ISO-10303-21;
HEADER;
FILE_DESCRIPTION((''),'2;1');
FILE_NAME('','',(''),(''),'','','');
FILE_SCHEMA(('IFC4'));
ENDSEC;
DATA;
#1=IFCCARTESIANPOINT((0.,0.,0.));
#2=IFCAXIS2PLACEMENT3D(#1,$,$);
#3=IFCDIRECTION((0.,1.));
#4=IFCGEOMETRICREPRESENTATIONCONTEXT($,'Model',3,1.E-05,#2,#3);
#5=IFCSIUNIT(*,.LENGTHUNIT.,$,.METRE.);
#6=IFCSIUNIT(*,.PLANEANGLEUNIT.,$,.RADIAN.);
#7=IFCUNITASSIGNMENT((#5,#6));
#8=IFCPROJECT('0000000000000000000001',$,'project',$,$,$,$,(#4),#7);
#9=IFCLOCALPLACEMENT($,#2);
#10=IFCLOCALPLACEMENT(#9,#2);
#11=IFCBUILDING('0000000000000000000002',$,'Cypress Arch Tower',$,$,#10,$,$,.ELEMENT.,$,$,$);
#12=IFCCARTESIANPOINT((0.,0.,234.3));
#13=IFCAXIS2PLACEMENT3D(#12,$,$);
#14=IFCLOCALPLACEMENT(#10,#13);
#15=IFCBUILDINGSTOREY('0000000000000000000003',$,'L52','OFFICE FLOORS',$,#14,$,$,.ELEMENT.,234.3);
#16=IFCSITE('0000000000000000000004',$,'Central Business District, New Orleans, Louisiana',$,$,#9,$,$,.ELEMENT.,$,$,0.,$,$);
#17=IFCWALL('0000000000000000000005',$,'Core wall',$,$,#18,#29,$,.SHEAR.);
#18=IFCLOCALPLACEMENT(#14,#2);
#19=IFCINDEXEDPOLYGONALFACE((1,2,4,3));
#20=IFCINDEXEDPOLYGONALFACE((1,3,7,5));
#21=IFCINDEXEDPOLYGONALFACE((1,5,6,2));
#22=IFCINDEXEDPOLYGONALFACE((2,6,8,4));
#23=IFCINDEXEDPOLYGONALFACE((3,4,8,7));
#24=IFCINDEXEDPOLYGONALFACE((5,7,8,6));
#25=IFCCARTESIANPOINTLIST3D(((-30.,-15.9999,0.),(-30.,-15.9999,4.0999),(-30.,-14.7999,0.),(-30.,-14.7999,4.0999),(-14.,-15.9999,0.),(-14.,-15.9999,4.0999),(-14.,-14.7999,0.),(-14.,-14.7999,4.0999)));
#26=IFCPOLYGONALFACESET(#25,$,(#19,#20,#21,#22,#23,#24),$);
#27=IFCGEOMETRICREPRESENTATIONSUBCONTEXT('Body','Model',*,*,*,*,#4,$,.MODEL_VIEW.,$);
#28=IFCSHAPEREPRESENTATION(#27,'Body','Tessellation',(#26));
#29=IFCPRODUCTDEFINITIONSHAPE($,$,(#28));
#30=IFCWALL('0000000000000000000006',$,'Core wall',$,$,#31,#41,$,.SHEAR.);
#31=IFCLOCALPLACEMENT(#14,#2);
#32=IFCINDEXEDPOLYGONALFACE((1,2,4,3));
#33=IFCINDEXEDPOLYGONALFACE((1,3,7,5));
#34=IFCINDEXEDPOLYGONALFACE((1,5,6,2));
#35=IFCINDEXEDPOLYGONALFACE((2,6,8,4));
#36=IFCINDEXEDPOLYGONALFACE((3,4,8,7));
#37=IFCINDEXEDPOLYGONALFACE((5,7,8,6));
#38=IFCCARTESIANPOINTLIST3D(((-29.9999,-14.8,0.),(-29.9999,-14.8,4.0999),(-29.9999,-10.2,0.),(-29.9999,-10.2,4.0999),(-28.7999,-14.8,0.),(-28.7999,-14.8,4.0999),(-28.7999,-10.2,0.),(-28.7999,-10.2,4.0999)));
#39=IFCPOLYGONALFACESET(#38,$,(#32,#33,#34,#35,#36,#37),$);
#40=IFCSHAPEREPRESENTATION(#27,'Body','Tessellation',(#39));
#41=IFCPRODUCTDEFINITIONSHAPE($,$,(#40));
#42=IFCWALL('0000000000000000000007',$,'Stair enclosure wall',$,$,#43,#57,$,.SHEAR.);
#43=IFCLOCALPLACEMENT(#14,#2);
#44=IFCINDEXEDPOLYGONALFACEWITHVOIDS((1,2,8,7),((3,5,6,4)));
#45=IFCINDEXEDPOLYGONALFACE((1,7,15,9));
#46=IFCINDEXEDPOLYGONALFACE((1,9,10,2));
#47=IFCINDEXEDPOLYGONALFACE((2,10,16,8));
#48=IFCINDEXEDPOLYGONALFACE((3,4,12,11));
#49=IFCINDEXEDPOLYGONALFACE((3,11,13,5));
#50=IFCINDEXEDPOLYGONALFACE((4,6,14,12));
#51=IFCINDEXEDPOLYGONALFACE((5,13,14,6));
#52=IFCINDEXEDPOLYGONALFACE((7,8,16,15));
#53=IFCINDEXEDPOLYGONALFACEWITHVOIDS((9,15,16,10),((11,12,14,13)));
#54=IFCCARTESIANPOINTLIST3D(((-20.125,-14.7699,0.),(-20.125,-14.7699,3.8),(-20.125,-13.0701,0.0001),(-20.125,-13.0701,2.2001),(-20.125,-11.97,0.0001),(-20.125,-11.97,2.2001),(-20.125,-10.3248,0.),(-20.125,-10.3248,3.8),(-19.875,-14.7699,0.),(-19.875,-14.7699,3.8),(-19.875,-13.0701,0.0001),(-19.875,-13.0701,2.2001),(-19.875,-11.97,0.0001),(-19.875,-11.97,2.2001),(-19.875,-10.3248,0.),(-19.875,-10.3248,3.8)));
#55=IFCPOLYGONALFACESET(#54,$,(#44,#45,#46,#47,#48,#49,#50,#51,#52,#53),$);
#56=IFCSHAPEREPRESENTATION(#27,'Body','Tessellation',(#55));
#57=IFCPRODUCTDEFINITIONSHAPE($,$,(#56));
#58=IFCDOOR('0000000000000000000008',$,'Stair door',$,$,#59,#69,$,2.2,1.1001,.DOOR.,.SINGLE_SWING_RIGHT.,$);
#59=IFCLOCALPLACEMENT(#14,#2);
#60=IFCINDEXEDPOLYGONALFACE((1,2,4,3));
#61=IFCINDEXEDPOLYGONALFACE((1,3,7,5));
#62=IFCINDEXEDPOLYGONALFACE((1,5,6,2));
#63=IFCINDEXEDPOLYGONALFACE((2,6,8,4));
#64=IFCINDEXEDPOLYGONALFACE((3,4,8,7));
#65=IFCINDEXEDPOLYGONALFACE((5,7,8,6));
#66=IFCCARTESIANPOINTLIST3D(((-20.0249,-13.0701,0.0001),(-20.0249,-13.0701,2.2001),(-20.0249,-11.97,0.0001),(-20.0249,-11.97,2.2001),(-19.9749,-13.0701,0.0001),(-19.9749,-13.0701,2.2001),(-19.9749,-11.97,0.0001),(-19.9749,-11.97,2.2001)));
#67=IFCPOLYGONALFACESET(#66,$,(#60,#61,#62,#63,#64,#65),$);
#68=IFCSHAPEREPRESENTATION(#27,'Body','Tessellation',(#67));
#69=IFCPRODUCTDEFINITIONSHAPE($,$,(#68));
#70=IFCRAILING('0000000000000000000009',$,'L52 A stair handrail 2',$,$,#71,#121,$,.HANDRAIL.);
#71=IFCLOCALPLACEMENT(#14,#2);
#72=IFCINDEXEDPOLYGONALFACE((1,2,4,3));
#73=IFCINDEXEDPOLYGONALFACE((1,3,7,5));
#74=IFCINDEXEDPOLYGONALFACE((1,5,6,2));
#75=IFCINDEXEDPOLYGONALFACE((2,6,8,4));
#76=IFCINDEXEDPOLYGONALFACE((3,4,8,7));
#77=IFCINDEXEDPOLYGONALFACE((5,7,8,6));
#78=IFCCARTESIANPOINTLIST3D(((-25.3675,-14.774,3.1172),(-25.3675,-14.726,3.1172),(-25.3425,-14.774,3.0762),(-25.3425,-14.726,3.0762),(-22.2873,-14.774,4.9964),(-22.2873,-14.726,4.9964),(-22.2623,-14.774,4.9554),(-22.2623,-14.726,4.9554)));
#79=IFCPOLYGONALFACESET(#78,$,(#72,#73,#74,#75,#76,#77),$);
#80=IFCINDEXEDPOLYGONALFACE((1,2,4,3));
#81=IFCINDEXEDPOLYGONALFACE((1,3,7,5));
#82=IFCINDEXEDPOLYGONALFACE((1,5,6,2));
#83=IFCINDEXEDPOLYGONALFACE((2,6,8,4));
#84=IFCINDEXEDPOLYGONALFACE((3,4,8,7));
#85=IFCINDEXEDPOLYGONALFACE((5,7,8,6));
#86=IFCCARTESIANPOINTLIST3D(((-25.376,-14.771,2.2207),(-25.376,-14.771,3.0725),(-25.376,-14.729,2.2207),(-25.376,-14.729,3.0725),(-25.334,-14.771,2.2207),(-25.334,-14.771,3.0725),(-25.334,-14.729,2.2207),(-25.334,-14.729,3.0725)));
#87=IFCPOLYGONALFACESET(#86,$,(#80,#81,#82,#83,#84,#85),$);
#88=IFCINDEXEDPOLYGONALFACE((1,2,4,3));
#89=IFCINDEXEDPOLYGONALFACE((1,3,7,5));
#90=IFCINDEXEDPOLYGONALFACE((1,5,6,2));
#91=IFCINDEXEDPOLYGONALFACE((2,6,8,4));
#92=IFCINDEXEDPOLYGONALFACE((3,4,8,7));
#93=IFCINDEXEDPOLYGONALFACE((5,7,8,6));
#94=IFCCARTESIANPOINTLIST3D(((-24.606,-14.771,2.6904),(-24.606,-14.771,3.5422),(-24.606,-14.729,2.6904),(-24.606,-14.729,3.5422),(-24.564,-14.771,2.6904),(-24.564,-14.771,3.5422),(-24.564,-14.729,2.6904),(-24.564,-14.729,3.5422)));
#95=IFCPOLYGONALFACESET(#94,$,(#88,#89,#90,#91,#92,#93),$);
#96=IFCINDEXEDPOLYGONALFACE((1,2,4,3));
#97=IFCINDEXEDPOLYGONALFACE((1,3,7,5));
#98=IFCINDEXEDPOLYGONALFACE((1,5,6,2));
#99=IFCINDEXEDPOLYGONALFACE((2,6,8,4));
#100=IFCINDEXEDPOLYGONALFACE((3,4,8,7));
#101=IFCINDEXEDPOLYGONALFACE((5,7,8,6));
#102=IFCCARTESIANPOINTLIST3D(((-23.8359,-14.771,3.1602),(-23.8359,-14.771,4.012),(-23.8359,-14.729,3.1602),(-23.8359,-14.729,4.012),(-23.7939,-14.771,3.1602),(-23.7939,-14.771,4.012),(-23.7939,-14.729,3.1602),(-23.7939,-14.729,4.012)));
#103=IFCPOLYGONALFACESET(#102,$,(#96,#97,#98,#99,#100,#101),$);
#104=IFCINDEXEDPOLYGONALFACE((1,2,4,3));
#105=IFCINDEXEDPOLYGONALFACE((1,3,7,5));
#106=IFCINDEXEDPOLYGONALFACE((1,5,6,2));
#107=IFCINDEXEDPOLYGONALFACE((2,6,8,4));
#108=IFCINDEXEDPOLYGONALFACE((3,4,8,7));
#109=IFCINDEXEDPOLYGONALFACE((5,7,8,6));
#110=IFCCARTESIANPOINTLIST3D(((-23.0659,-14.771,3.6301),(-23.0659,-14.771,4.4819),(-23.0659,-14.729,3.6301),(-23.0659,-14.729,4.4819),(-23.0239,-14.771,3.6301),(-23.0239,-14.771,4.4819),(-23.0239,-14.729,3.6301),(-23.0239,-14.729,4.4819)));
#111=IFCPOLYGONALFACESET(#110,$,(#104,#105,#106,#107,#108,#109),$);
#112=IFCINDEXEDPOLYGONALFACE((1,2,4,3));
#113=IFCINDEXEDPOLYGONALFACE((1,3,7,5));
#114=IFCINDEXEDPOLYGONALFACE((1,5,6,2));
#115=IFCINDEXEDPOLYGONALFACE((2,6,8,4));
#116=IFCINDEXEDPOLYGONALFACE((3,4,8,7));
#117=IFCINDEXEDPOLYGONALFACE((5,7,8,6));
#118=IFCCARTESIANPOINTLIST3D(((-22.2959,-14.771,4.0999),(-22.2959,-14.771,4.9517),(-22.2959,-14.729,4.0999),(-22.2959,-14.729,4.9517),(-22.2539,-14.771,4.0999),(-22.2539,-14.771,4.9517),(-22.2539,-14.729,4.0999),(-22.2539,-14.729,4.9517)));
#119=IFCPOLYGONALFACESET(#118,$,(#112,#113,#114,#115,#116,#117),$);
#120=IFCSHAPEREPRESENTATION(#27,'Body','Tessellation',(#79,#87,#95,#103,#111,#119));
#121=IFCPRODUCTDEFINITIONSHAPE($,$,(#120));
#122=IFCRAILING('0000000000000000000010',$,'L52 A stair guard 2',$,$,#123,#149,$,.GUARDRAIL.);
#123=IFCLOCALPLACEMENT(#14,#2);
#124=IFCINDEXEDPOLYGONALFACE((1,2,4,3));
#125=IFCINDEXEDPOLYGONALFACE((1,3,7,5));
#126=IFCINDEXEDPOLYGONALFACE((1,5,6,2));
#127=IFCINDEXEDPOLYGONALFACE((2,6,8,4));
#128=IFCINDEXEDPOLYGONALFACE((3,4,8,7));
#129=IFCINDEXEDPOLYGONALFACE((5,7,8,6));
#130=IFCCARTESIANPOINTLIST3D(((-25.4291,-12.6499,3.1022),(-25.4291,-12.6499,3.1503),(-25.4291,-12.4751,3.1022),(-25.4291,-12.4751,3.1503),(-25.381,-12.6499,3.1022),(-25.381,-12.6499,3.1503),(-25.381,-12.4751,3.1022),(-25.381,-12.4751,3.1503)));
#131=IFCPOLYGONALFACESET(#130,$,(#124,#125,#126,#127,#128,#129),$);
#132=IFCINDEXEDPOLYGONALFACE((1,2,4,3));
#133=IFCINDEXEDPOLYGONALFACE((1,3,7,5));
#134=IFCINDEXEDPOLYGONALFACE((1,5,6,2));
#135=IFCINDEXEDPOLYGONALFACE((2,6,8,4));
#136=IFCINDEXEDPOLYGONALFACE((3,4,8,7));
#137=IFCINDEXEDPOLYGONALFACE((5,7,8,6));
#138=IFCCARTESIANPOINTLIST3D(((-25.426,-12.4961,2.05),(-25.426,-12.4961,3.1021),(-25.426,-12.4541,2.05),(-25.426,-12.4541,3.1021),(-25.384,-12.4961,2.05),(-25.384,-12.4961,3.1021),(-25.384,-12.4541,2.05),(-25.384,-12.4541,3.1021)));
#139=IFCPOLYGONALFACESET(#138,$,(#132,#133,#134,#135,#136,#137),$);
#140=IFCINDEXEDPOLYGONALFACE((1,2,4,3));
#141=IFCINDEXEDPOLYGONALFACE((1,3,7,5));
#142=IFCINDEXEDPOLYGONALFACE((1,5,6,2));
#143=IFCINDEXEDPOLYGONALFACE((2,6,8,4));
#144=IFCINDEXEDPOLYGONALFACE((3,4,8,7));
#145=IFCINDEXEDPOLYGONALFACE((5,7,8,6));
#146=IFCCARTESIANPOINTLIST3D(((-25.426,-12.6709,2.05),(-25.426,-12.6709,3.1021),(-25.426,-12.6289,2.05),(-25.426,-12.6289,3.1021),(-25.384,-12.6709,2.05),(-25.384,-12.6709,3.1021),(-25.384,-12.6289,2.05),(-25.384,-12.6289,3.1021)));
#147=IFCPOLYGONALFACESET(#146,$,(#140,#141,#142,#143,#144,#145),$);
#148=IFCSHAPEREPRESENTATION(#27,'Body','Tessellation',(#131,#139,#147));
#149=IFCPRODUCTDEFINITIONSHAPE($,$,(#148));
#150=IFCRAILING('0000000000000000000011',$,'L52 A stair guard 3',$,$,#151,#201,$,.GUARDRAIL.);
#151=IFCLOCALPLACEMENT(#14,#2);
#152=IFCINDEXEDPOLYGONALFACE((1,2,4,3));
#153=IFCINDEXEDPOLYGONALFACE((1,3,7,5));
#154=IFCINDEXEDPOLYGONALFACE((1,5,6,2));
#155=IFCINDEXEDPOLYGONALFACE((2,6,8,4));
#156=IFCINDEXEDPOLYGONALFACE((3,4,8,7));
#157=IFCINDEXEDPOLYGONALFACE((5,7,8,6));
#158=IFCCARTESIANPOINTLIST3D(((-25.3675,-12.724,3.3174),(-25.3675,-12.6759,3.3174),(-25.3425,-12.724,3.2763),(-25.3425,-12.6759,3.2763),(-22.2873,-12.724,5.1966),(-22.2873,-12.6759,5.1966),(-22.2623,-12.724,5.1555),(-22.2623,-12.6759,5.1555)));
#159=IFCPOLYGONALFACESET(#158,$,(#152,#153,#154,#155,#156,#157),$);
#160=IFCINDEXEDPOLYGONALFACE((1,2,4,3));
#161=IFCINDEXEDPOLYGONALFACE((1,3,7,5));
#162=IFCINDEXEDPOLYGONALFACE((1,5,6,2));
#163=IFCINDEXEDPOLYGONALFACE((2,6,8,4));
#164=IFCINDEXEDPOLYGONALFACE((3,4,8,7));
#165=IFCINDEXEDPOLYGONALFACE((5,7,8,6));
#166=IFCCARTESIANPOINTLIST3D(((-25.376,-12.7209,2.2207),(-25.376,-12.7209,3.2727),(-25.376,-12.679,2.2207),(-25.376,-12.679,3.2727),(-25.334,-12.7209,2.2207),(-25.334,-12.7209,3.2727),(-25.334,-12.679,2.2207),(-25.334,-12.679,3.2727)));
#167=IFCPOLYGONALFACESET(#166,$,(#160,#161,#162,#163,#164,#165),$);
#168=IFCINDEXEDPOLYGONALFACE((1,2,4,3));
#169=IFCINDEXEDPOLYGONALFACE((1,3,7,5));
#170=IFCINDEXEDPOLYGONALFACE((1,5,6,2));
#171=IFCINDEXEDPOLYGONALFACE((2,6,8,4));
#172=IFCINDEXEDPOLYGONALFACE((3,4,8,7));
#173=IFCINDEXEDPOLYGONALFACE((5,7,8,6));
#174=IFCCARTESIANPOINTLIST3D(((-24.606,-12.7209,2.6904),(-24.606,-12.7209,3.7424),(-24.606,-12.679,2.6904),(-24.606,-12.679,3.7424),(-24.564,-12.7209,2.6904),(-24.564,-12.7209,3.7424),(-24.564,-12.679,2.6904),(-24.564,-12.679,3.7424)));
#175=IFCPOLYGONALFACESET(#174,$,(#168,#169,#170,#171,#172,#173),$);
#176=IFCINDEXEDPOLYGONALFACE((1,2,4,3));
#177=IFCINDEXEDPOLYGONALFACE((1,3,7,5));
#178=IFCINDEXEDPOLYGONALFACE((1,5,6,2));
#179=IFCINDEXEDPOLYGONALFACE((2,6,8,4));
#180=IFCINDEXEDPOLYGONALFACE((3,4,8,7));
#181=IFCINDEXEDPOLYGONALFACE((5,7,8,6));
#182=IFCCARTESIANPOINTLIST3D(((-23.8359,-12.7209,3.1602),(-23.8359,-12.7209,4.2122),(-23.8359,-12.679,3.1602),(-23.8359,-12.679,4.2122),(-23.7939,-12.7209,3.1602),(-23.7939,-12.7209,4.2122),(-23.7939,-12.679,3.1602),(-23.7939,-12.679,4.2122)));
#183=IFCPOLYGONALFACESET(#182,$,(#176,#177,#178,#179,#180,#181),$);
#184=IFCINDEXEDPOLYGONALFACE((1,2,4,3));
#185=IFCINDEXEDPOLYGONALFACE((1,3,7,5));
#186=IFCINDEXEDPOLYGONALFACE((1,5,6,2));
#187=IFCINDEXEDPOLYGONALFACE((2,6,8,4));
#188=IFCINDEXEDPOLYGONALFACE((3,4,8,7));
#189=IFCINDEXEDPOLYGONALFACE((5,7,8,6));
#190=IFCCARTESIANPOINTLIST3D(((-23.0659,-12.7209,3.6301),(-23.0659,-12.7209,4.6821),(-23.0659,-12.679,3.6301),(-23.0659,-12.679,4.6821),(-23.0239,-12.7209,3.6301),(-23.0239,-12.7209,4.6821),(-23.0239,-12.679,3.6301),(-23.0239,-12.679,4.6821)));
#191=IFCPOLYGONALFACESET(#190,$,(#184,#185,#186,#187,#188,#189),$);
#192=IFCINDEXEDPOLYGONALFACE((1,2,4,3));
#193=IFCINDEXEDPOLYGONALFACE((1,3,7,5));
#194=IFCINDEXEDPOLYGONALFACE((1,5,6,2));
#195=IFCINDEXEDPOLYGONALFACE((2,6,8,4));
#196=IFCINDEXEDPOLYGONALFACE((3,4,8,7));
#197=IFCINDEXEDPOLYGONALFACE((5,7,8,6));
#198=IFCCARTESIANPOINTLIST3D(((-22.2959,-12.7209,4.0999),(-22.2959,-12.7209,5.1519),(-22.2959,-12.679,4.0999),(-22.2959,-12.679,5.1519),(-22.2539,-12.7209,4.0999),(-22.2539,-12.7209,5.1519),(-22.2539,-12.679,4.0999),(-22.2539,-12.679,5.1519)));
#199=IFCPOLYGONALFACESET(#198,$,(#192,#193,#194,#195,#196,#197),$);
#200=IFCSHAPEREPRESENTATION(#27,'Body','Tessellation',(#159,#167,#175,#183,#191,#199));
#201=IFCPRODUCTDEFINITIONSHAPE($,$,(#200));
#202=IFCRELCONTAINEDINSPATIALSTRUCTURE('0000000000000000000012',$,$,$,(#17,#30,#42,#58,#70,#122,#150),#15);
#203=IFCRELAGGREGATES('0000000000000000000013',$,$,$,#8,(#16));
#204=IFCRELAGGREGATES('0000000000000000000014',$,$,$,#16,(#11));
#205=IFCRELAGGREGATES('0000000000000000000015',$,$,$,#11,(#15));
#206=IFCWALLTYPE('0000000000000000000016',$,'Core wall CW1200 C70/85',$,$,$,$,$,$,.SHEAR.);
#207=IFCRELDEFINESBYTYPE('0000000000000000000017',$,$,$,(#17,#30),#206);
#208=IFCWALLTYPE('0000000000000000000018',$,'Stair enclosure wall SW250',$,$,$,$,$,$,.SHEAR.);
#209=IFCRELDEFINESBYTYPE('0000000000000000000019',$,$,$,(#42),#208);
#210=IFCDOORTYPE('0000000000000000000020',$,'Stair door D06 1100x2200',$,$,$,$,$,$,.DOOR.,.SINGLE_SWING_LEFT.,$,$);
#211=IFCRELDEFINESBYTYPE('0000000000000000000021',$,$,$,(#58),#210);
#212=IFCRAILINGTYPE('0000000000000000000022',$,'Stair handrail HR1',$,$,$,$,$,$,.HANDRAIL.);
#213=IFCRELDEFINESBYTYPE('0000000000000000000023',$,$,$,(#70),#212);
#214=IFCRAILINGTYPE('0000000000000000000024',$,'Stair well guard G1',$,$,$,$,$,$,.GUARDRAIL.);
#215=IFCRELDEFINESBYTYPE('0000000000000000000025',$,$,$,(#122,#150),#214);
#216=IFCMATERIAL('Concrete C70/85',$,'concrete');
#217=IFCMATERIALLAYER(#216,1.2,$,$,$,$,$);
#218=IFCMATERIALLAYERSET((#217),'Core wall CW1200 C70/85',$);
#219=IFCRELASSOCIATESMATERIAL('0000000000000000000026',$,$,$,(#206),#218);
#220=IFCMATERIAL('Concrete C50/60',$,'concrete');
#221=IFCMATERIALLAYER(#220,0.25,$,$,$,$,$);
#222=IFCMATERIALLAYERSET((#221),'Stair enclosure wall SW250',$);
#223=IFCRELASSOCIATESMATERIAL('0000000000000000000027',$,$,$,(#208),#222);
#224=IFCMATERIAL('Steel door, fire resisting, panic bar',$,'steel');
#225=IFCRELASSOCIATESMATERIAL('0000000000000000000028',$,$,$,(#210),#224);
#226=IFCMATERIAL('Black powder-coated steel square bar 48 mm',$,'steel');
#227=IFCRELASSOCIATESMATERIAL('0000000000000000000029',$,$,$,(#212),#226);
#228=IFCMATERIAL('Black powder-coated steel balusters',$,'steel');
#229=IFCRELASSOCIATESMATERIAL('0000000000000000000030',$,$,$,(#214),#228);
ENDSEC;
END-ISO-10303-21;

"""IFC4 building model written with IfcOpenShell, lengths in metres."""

from ifc_helpers import new_model, si_unit, direction, frame, frame_2d, origin, origin_2d, place, context, subcontext, project, spatial, rectangle, extrude, material, layer, layer_set, type_object, element, fill, save


model = new_model("IFC4")

# Units and contexts
model_context = context("Model", 3, precision=1e-05, world=origin(), true_north=direction((0.0, 1.0)))
body_context = subcontext(model_context, "Body", "Model", "MODEL_VIEW")
ifc_project = project(units=[si_unit("LENGTHUNIT", "METRE"), si_unit("PLANEANGLEUNIT", "RADIAN")], contexts=[model_context])

# Site, building, storey
site_placement = place(None, origin())
site = spatial("IfcSite", under=ifc_project, at=site_placement, Name="Central Business District, New Orleans, Louisiana", CompositionType="ELEMENT", RefElevation=0.0)
building_placement = place(site_placement, origin())
building = spatial("IfcBuilding", under=site, at=building_placement, Name="Cypress Arch Tower", CompositionType="ELEMENT")
storey_placement = place(building_placement, frame((0.0, 0.0, 234.3)))
storey = spatial("IfcBuildingStorey", under=building, at=storey_placement, Name="L52", Description="OFFICE FLOORS", CompositionType="ELEMENT", Elevation=234.3)

# Walls
ifc_material_1 = material(Name="Concrete C70/85", Category="concrete")
ifc_layer_1 = layer(ifc_material_1, 1.2)
ifc_layer_set_1 = layer_set([ifc_layer_1], Name="Core wall CW1200 C70/85")
wall_type_1 = type_object("IfcWallType", Name="Core wall CW1200 C70/85", PredefinedType="SHEAR", material=ifc_layer_set_1)
wall_1_placement = place(storey_placement, frame((-30.0, -15.3999, 0.0), z_axis=(0.0, 0.0, 1.0), x_axis=(1.0, 0.0, 0.0)))
element("IfcWall", 1, at=wall_1_placement, inside=storey, type_object=wall_type_1, Name="Core wall", PredefinedType="SHEAR", context=body_context, shape_type="SweptSolid", body=[
    extrude(rectangle(XDim=16.0, YDim=1.2, at=frame_2d((8.0, 0.0))), origin(), (0.0, 0.0, 1.0), 4.0999),
])
wall_2_placement = place(storey_placement, frame((-29.3999, -14.8, 0.0), z_axis=(0.0, 0.0, 1.0), x_axis=(0.0, 1.0, 0.0)))
element("IfcWall", 2, at=wall_2_placement, inside=storey, type_object=wall_type_1, Name="Core wall", PredefinedType="SHEAR", context=body_context, shape_type="SweptSolid", body=[
    extrude(rectangle(XDim=4.6001, YDim=1.2, at=frame_2d((2.3, 0.0))), origin(), (0.0, 0.0, 1.0), 4.0999),
])

# Wall, opening, door
ifc_material_2 = material(Name="Concrete C50/60", Category="concrete")
ifc_layer_2 = layer(ifc_material_2, 0.25)
ifc_layer_set_2 = layer_set([ifc_layer_2], Name="Stair enclosure wall SW250")
wall_type_2 = type_object("IfcWallType", Name="Stair enclosure wall SW250", PredefinedType="SHEAR", material=ifc_layer_set_2)
wall_3_placement = place(storey_placement, frame((-20.0, -14.77, 0.0), z_axis=(0.0, 0.0, 1.0), x_axis=(0.0, 1.0, 0.0)))
wall_3 = element("IfcWall", 3, at=wall_3_placement, inside=storey, type_object=wall_type_2, Name="Stair enclosure wall", PredefinedType="SHEAR", context=body_context, shape_type="SweptSolid", body=[
    extrude(rectangle(XDim=4.4451, YDim=0.25, at=frame_2d((2.2227, 0.0))), origin(), (0.0, 0.0, 1.0), 3.8),
])
opening_1_placement = place(wall_3_placement, frame((1.7, 0.0, 0.0)))
opening_1 = element("IfcOpeningElement", 4, at=opening_1_placement, cuts=wall_3, PredefinedType="OPENING", context=body_context, shape_type="SweptSolid", body=[
    extrude(rectangle(XDim=1.1001, YDim=2.2, at=frame_2d((0.55, 1.1001))), frame((0.0, 0.135, 0.0), z_axis=(0.0, -1.0, 0.0), x_axis=(1.0, 0.0, 0.0)), (0.0, 0.0, 1.0), 0.27),
])
ifc_material_3 = material(Name="Steel door, fire resisting, panic bar", Category="steel")
door_type = type_object("IfcDoorType", Name="Stair door D06 1100x2200", OperationType="SINGLE_SWING_LEFT", PredefinedType="DOOR", material=ifc_material_3)
door_placement = place(opening_1_placement, origin())
door = element("IfcDoor", 5, at=door_placement, inside=storey, type_object=door_type, Name="Stair door", OperationType="SINGLE_SWING_RIGHT", OverallHeight=2.2, OverallWidth=1.1001, PredefinedType="DOOR", context=body_context, shape_type="SweptSolid", body=[
    extrude(rectangle(XDim=1.1001, YDim=2.2, at=frame_2d((0.55, 1.1001))), frame((0.0, 0.0249, 0.0), z_axis=(0.0, -1.0, 0.0), x_axis=(1.0, 0.0, 0.0)), (0.0, 0.0, 1.0), 0.05),
])
fill(opening_1, door)

# Railings
ifc_material_4 = material(Name="Black powder-coated steel square bar 48 mm", Category="steel")
railing_type_1 = type_object("IfcRailingType", Name="Stair handrail HR1", PredefinedType="HANDRAIL", material=ifc_material_4)
railing_1_placement = place(storey_placement, frame((-25.355, -14.75, 2.2207)))
element("IfcRailing", 6, at=railing_1_placement, inside=storey, type_object=railing_type_1, Name="L52 A stair handrail 2", PredefinedType="HANDRAIL", context=body_context, shape_type="SweptSolid", body=[
    extrude(rectangle(XDim=0.0481, YDim=0.0481, at=origin_2d()), frame((0.0, 0.0, 0.876), z_axis=(0.853666, 0.0, 0.52082), x_axis=(0.0, 1.0, 0.0)), (0.0, 0.0, 1.0), 3.6082),
    extrude(rectangle(XDim=0.042, YDim=0.042, at=origin_2d()), origin(), (0.0, 0.0, 1.0), 0.8518),
    extrude(rectangle(XDim=0.042, YDim=0.042, at=origin_2d()), frame((0.77, 0.0, 0.4697)), (0.0, 0.0, 1.0), 0.8518),
    extrude(rectangle(XDim=0.042, YDim=0.042, at=origin_2d()), frame((1.54, 0.0, 0.9395)), (0.0, 0.0, 1.0), 0.8518),
    extrude(rectangle(XDim=0.042, YDim=0.042, at=origin_2d()), frame((2.3101, 0.0, 1.4094)), (0.0, 0.0, 1.0), 0.8518),
    extrude(rectangle(XDim=0.042, YDim=0.042, at=origin_2d()), frame((3.0801, 0.0, 1.8792)), (0.0, 0.0, 1.0), 0.8518),
])
ifc_material_5 = material(Name="Black powder-coated steel balusters", Category="steel")
railing_type_2 = type_object("IfcRailingType", Name="Stair well guard G1", PredefinedType="GUARDRAIL", material=ifc_material_5)
railing_2_placement = place(storey_placement, frame((-25.405, -12.4751, 2.05)))
element("IfcRailing", 7, at=railing_2_placement, inside=storey, type_object=railing_type_2, Name="L52 A stair guard 2", PredefinedType="GUARDRAIL", context=body_context, shape_type="SweptSolid", body=[
    extrude(rectangle(XDim=0.0481, YDim=0.0481, at=origin_2d()), frame((0.0, 0.0, 1.0762), z_axis=(0.0, -1.0, 0.0), x_axis=(1.0, 0.0, 0.0)), (0.0, 0.0, 1.0), 0.1748),
    extrude(rectangle(XDim=0.042, YDim=0.042, at=origin_2d()), origin(), (0.0, 0.0, 1.0), 1.052),
    extrude(rectangle(XDim=0.042, YDim=0.042, at=origin_2d()), frame((0.0, -0.1748, 0.0)), (0.0, 0.0, 1.0), 1.052),
])
railing_3_placement = place(storey_placement, frame((-25.355, -12.7, 2.2207)))
element("IfcRailing", 8, at=railing_3_placement, inside=storey, type_object=railing_type_2, Name="L52 A stair guard 3", PredefinedType="GUARDRAIL", context=body_context, shape_type="SweptSolid", body=[
    extrude(rectangle(XDim=0.0481, YDim=0.0481, at=origin_2d()), frame((0.0, 0.0, 1.0762), z_axis=(0.853666, 0.0, 0.52082), x_axis=(0.0, 1.0, 0.0)), (0.0, 0.0, 1.0), 3.6082),
    extrude(rectangle(XDim=0.042, YDim=0.042, at=origin_2d()), origin(), (0.0, 0.0, 1.0), 1.052),
    extrude(rectangle(XDim=0.042, YDim=0.042, at=origin_2d()), frame((0.77, 0.0, 0.4697)), (0.0, 0.0, 1.0), 1.052),
    extrude(rectangle(XDim=0.042, YDim=0.042, at=origin_2d()), frame((1.54, 0.0, 0.9395)), (0.0, 0.0, 1.0), 1.052),
    extrude(rectangle(XDim=0.042, YDim=0.042, at=origin_2d()), frame((2.3101, 0.0, 1.4094)), (0.0, 0.0, 1.0), 1.052),
    extrude(rectangle(XDim=0.042, YDim=0.042, at=origin_2d()), frame((3.0801, 0.0, 1.8792)), (0.0, 0.0, 1.0), 1.052),
])

save(model, "model.ifc")
